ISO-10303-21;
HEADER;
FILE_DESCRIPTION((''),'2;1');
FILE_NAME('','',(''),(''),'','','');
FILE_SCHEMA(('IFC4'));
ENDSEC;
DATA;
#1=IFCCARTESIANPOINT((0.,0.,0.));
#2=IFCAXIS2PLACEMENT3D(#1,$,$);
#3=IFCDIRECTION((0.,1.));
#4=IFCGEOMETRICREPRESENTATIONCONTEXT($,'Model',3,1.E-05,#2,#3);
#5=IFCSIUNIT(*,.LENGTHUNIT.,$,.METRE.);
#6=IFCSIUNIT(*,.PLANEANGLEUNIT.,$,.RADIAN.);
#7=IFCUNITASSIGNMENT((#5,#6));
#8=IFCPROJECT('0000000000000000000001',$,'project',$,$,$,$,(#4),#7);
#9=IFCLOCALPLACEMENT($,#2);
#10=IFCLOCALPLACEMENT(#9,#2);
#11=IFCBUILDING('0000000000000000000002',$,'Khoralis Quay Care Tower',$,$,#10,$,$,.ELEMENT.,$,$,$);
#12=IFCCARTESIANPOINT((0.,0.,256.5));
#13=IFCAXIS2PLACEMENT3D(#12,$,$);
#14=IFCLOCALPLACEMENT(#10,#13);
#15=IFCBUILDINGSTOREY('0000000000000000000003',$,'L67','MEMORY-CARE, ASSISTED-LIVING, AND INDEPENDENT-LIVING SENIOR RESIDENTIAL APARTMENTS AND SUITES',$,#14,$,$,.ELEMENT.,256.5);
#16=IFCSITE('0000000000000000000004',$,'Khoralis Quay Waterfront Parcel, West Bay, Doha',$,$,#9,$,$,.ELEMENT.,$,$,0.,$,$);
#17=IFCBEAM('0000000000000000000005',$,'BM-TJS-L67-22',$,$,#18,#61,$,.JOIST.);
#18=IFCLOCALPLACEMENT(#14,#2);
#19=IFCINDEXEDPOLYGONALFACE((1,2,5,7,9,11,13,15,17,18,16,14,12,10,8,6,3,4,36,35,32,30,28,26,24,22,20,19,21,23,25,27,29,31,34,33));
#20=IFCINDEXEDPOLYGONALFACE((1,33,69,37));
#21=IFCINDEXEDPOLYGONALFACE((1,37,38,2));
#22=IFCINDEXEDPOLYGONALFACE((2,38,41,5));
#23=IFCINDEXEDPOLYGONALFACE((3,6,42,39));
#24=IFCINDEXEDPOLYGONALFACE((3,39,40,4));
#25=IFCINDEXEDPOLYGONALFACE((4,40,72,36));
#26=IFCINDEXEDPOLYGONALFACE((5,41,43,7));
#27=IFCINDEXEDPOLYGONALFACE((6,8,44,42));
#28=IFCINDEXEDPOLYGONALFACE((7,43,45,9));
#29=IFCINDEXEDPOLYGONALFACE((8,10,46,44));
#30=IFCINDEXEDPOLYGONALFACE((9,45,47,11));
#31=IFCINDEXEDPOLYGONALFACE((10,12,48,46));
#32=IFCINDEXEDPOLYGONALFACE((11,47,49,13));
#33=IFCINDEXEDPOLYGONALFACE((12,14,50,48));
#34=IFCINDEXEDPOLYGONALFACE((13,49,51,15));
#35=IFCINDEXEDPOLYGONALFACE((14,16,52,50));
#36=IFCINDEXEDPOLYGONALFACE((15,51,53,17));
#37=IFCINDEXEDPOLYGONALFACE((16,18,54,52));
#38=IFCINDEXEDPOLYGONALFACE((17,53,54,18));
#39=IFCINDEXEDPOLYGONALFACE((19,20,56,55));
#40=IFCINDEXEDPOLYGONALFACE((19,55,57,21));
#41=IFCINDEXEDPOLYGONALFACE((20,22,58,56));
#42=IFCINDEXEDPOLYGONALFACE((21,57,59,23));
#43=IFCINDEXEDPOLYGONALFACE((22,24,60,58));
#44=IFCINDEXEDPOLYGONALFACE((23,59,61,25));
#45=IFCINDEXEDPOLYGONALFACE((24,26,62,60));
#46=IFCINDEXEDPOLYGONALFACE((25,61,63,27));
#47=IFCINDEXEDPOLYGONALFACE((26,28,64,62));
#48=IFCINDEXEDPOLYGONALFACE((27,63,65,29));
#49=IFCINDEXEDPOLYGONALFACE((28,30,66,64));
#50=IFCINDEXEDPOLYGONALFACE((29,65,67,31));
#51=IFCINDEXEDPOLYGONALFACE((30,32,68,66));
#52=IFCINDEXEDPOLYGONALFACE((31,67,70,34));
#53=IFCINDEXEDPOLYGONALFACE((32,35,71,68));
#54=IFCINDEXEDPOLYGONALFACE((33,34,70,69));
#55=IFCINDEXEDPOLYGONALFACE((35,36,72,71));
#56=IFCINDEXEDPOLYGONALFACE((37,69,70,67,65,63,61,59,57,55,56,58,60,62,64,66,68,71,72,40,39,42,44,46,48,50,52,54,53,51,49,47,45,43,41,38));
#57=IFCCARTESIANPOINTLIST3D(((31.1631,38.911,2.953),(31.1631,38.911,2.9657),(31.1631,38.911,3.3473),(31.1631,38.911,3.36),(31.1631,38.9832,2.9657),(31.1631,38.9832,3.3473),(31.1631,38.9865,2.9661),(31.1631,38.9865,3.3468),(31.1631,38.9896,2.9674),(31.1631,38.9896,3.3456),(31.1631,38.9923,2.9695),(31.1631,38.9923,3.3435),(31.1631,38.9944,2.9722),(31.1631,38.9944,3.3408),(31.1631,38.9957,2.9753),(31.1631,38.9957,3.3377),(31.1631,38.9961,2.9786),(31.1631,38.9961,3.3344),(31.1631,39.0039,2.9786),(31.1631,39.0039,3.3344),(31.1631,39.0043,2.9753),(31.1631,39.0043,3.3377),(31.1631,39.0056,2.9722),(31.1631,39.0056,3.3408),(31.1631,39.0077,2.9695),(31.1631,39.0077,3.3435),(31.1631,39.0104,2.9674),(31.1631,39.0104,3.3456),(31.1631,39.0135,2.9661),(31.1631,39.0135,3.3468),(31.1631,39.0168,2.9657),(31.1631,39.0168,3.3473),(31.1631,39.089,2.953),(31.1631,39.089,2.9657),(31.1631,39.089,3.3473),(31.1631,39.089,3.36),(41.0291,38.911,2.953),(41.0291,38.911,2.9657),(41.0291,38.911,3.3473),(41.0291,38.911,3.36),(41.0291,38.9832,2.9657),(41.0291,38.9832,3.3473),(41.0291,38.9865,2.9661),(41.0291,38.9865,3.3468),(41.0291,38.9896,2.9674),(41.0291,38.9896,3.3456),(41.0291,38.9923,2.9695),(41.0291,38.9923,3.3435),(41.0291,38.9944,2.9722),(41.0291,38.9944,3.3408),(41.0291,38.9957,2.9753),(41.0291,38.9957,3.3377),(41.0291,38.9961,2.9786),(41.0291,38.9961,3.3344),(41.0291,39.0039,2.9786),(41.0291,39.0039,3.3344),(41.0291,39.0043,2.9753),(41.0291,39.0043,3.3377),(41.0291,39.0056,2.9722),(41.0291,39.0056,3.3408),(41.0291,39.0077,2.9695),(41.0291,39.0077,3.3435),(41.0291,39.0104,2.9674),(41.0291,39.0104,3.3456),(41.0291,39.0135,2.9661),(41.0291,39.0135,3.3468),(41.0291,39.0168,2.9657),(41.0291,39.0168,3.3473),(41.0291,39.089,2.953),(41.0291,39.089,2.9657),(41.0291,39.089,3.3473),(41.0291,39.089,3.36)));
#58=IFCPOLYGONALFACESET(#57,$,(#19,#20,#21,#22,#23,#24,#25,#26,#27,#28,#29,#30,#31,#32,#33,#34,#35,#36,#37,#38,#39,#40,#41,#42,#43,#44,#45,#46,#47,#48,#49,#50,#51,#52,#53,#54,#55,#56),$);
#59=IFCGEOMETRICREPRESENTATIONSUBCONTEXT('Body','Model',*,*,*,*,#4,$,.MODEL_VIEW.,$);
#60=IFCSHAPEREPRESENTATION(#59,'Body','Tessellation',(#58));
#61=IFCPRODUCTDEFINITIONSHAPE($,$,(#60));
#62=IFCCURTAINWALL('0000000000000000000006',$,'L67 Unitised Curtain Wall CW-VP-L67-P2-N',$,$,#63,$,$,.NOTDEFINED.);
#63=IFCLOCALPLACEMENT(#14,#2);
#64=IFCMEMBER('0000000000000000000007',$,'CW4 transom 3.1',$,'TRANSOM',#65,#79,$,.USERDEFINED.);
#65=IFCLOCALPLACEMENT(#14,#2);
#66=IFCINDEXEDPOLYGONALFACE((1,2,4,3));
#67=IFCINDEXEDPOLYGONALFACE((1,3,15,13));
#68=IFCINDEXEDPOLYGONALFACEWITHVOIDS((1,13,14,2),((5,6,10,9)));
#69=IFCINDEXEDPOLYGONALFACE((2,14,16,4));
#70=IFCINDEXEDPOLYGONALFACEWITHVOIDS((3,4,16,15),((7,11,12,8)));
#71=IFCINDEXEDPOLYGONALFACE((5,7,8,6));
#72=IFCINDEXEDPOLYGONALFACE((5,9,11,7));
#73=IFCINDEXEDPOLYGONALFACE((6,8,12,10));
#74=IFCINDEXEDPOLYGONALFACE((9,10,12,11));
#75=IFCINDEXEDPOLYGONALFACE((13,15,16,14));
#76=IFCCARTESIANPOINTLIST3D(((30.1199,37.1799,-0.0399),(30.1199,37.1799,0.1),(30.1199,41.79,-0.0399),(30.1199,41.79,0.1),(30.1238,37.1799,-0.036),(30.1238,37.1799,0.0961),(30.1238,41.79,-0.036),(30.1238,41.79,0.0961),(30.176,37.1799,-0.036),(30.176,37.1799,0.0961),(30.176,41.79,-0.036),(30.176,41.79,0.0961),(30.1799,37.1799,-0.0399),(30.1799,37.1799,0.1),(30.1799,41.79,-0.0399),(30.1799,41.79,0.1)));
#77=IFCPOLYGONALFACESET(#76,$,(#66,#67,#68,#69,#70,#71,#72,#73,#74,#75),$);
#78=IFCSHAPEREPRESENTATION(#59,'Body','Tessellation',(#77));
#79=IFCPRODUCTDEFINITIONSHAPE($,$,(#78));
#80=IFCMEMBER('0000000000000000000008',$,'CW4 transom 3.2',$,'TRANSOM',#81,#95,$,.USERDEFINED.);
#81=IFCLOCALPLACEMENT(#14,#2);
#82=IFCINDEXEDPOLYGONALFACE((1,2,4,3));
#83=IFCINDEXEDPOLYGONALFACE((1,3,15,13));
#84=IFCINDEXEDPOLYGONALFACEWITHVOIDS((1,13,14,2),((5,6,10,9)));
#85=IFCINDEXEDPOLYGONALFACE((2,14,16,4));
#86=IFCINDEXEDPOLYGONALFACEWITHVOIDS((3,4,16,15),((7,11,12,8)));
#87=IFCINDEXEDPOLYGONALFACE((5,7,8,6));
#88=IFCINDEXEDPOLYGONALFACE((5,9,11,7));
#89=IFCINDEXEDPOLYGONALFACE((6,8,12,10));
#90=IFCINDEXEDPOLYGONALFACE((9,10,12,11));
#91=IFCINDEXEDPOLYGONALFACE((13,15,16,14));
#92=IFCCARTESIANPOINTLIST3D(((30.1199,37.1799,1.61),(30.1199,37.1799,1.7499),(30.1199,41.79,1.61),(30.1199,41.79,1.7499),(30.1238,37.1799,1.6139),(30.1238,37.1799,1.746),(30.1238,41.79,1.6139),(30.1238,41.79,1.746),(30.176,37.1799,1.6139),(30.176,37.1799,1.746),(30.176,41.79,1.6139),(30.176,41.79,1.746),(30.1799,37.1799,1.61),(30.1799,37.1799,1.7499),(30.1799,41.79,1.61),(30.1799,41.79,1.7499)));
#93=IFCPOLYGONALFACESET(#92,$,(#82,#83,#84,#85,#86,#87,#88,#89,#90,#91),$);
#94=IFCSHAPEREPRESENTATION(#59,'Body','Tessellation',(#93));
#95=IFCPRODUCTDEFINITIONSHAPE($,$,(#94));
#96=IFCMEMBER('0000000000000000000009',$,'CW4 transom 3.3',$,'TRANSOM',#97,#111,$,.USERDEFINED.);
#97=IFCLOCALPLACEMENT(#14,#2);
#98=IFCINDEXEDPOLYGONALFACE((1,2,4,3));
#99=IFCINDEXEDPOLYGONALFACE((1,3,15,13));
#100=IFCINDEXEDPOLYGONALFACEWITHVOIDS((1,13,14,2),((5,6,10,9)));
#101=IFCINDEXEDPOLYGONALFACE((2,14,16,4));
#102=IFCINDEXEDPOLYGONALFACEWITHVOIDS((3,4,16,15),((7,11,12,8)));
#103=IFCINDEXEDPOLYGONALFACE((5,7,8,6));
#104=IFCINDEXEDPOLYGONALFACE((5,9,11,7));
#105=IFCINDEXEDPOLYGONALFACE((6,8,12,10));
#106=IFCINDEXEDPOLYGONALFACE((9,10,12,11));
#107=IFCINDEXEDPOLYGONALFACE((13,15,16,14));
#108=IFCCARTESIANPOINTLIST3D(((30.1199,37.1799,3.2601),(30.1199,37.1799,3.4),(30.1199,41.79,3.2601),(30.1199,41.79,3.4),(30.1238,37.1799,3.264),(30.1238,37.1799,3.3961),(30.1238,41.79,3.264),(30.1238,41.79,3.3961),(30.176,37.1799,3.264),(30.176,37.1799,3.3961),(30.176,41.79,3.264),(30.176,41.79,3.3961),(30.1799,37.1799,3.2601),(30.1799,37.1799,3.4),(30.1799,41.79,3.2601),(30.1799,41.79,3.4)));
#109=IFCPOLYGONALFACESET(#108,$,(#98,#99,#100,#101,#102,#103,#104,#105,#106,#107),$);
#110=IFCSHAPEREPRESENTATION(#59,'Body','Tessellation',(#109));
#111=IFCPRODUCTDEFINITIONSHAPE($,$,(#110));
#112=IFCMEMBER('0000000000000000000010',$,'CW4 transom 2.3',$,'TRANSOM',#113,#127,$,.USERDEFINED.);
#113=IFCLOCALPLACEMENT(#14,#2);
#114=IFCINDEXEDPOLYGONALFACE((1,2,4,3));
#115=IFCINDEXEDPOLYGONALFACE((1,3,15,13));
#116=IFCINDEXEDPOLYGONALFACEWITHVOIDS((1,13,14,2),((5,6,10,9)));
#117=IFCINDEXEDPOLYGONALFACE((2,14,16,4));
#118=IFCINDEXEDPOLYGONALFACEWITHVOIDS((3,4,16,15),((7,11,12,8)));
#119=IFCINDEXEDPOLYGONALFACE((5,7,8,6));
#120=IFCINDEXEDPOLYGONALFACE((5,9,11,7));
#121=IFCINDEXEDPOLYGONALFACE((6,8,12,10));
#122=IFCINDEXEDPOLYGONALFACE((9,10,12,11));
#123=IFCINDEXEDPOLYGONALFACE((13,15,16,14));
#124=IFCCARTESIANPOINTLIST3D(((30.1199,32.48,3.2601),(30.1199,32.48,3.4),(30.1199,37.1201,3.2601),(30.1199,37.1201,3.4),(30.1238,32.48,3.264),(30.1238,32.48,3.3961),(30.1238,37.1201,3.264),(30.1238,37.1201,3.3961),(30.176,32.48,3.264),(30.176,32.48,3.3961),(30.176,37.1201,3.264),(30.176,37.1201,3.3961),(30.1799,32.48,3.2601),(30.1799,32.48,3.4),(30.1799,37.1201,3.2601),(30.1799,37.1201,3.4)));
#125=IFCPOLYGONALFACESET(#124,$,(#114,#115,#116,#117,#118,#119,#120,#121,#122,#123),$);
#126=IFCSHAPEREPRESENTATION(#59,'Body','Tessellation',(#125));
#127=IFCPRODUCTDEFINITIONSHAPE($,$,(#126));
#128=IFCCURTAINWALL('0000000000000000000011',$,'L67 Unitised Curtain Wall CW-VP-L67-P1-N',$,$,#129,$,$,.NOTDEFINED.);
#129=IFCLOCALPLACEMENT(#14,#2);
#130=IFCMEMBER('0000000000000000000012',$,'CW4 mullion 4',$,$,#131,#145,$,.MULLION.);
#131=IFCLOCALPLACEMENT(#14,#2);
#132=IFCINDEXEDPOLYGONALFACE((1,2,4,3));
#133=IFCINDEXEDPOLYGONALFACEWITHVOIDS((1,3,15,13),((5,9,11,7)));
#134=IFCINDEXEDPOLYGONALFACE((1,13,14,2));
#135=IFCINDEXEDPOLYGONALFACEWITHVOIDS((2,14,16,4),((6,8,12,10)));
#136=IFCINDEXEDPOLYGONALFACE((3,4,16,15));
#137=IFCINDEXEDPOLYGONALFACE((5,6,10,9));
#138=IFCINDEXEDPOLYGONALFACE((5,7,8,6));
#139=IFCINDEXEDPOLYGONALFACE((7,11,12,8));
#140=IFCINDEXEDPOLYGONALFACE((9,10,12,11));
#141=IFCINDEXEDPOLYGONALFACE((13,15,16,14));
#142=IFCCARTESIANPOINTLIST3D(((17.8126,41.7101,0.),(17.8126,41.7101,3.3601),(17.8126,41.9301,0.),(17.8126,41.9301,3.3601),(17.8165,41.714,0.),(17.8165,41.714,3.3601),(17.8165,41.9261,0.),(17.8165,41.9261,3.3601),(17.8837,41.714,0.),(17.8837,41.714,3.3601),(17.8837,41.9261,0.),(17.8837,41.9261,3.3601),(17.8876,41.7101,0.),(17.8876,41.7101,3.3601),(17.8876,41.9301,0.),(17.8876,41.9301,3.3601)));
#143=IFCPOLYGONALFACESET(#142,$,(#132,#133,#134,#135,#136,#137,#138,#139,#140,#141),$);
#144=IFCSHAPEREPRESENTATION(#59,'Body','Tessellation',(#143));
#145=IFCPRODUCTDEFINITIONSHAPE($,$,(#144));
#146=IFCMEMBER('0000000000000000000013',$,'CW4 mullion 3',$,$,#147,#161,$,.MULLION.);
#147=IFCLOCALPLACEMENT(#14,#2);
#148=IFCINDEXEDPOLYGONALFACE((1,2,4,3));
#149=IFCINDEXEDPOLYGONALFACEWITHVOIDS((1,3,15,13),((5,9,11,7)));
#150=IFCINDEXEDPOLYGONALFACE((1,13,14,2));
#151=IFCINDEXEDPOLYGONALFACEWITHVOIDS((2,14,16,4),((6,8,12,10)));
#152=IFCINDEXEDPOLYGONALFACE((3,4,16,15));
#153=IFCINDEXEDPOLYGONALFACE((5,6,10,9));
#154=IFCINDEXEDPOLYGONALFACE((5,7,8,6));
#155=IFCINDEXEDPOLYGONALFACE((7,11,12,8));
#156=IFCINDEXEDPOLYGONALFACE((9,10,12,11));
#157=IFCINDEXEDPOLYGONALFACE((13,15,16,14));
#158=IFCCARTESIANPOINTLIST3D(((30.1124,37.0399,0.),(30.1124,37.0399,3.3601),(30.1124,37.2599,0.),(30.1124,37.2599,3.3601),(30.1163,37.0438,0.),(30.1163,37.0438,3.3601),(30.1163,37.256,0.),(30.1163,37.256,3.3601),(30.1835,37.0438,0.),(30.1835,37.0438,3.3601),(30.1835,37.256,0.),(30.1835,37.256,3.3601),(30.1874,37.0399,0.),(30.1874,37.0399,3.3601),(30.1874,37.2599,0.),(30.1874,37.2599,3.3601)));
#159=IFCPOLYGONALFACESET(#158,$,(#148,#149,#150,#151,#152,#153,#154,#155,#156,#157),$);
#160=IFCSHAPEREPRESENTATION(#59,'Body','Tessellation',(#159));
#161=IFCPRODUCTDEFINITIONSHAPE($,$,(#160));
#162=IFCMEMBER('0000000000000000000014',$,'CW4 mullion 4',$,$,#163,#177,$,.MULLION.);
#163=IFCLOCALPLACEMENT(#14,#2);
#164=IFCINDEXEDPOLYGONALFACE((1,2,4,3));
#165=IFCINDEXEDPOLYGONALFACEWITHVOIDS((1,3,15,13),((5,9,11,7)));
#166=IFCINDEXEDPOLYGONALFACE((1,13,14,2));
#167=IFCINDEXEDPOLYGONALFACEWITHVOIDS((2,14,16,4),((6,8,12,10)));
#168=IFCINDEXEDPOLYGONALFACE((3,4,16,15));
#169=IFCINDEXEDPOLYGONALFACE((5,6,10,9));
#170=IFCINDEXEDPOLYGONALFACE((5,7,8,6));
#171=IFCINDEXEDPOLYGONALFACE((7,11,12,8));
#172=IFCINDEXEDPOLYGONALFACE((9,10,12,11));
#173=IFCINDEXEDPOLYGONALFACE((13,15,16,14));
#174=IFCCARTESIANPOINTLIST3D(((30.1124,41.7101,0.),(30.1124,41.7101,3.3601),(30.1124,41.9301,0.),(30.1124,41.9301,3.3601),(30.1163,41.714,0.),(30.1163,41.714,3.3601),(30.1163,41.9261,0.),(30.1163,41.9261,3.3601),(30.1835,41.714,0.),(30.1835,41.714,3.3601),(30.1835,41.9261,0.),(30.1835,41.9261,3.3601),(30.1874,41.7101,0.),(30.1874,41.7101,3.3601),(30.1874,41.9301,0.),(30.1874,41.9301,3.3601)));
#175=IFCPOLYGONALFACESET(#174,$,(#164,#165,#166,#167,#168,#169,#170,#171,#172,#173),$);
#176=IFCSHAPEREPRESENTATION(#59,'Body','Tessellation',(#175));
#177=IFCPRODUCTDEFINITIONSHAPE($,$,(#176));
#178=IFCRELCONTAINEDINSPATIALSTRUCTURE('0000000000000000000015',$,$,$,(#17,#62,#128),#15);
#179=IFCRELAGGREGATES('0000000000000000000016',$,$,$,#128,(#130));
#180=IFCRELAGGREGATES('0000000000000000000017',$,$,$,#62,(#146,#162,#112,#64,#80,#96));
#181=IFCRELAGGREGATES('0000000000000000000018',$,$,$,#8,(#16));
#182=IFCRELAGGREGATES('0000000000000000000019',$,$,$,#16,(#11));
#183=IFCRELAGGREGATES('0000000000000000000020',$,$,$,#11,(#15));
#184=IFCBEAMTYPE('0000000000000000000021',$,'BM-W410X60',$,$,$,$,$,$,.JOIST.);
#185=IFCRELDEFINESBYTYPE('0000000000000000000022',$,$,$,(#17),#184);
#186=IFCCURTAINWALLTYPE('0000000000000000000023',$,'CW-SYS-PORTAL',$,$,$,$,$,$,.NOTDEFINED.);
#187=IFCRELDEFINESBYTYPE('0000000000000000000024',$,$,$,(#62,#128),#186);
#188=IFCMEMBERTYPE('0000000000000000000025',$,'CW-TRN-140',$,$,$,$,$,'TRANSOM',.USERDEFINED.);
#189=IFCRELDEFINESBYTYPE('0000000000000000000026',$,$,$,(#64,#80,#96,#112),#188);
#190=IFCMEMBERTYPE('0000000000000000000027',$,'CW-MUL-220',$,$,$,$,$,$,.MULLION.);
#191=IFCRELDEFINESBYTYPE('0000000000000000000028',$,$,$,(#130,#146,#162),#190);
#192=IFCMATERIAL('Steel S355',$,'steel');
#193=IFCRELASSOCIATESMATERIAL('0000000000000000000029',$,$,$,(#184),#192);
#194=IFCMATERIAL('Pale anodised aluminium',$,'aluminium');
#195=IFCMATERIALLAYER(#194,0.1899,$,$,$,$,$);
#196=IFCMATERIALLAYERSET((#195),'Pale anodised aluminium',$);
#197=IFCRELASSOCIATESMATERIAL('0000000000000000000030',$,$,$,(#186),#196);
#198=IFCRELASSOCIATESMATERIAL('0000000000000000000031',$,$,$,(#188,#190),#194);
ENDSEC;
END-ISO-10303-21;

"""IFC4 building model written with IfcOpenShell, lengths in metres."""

from ifc_helpers import new_model, si_unit, direction, frame, origin, origin_2d, place, context, subcontext, project, spatial, hollow_rectangle, i_section, extrude, source, transform, mapped, material, layer, layer_set, material_profile, profile_set, type_object, element, aggregate, save


model = new_model("IFC4")

# Units and contexts
model_context = context("Model", 3, precision=1e-05, world=origin(), true_north=direction((0.0, 1.0)))
body_context = subcontext(model_context, "Body", "Model", "MODEL_VIEW")
ifc_project = project(units=[si_unit("LENGTHUNIT", "METRE"), si_unit("PLANEANGLEUNIT", "RADIAN")], contexts=[model_context])

# Site, building, storey
site_placement = place(None, origin())
site = spatial("IfcSite", under=ifc_project, at=site_placement, Name="Khoralis Quay Waterfront Parcel, West Bay, Doha", CompositionType="ELEMENT", RefElevation=0.0)
building_placement = place(site_placement, origin())
building = spatial("IfcBuilding", under=site, at=building_placement, Name="Khoralis Quay Care Tower", CompositionType="ELEMENT")
storey_placement = place(building_placement, frame((0.0, 0.0, 256.5)))
storey = spatial("IfcBuildingStorey", under=building, at=storey_placement, Name="L67", Description="MEMORY-CARE, ASSISTED-LIVING, AND INDEPENDENT-LIVING SENIOR RESIDENTIAL APARTMENTS AND SUITES", CompositionType="ELEMENT", Elevation=256.5)

# Beam
ifc_material_1 = material(Name="Steel S355", Category="steel")
ifc_material_profile_1 = material_profile(ifc_material_1, i_section(OverallWidth=0.178, OverallDepth=0.407, WebThickness=0.0078, FlangeThickness=0.0127, FilletRadius=0.0129, at=origin_2d()), Name="Steel S355")
ifc_profile_set_1 = profile_set([ifc_material_profile_1], Name="Steel S355")
beam_type_1 = type_object("IfcBeamType", Name="BM-W410X60", PredefinedType="JOIST", material=ifc_profile_set_1)
shared_shape_1 = source(origin(), body_context, "Body", "SweptSolid", [
    extrude(i_section(OverallWidth=0.178, OverallDepth=0.407, WebThickness=0.0078, FlangeThickness=0.0127, FilletRadius=0.0129, at=origin_2d()), origin(), (0.0, 0.0, 1.0), 9.866),
])
for number, where, z_axis, x_axis, name in (
    (1, (31.1631, 39.0, 3.1565), (1.0, 0.0, 0.0), (0.0, 1.0, 0.0), "BM-TJS-L67-22"),
):
    element("IfcBeam", number, at=place(storey_placement, frame(where, z_axis=z_axis, x_axis=x_axis)), inside=storey, type_object=beam_type_1, Name=name, PredefinedType="JOIST", context=body_context, shape_type="MappedRepresentation", body=[
        mapped(shared_shape_1, transform((0.0, 0.0, 0.0), scale=1.0)),
    ])

# Curtain wall, members
ifc_material_2 = material(Name="Pale anodised aluminium", Category="aluminium")
ifc_layer_1 = layer(ifc_material_2, 0.1899)
ifc_layer_set_1 = layer_set([ifc_layer_1], Name="Pale anodised aluminium")
curtain_wall_type = type_object("IfcCurtainWallType", Name="CW-SYS-PORTAL", PredefinedType="NOTDEFINED", material=ifc_layer_set_1)
curtain_wall_1_placement = place(storey_placement, origin())
curtain_wall_1 = element("IfcCurtainWall", 2, at=curtain_wall_1_placement, inside=storey, type_object=curtain_wall_type, Name="L67 Unitised Curtain Wall CW-VP-L67-P2-N", PredefinedType="NOTDEFINED")
ifc_material_profile_2 = material_profile(ifc_material_2, hollow_rectangle(XDim=0.0601, YDim=0.1399, WallThickness=0.0039, at=origin_2d()), Name="Pale anodised aluminium")
ifc_profile_set_2 = profile_set([ifc_material_profile_2], Name="Pale anodised aluminium")
member_type_1 = type_object("IfcMemberType", Name="CW-TRN-140", ElementType="TRANSOM", PredefinedType="USERDEFINED", material=ifc_profile_set_2)
shared_shape_2 = source(origin(), body_context, "Body", "SweptSolid", [
    extrude(hollow_rectangle(XDim=0.0601, YDim=0.1399, WallThickness=0.0039, at=origin_2d()), origin(), (0.0, 0.0, 1.0), 4.6101),
])
member_1_placement = place(storey_placement, frame((30.1499, 37.1799, 0.03), z_axis=(0.0, 1.0, 0.0), x_axis=(-1.0, 0.0, 0.0)))
member_1 = element("IfcMember", 3, at=member_1_placement, type_object=member_type_1, Name="CW4 transom 3.1", ObjectType="TRANSOM", PredefinedType="USERDEFINED", context=body_context, shape_type="MappedRepresentation", body=[
    mapped(shared_shape_2, transform((0.0, 0.0, 0.0), scale=1.0)),
])
member_2_placement = place(storey_placement, frame((30.1499, 37.1799, 1.6799), z_axis=(0.0, 1.0, 0.0), x_axis=(-1.0, 0.0, 0.0)))
member_2 = element("IfcMember", 4, at=member_2_placement, type_object=member_type_1, Name="CW4 transom 3.2", ObjectType="TRANSOM", PredefinedType="USERDEFINED", context=body_context, shape_type="MappedRepresentation", body=[
    mapped(shared_shape_2, transform((0.0, 0.0, 0.0), scale=1.0)),
])
member_3_placement = place(storey_placement, frame((30.1499, 37.1799, 3.3301), z_axis=(0.0, 1.0, 0.0), x_axis=(-1.0, 0.0, 0.0)))
member_3 = element("IfcMember", 5, at=member_3_placement, type_object=member_type_1, Name="CW4 transom 3.3", ObjectType="TRANSOM", PredefinedType="USERDEFINED", context=body_context, shape_type="MappedRepresentation", body=[
    mapped(shared_shape_2, transform((0.0, 0.0, 0.0), scale=1.0)),
])
shared_shape_3 = source(origin(), body_context, "Body", "SweptSolid", [
    extrude(hollow_rectangle(XDim=0.0601, YDim=0.1399, WallThickness=0.0039, at=origin_2d()), origin(), (0.0, 0.0, 1.0), 4.6401),
])
member_4_placement = place(storey_placement, frame((30.1499, 32.48, 3.3301), z_axis=(0.0, 1.0, 0.0), x_axis=(-1.0, 0.0, 0.0)))
member_4 = element("IfcMember", 6, at=member_4_placement, type_object=member_type_1, Name="CW4 transom 2.3", ObjectType="TRANSOM", PredefinedType="USERDEFINED", context=body_context, shape_type="MappedRepresentation", body=[
    mapped(shared_shape_3, transform((0.0, 0.0, 0.0), scale=1.0)),
])

# Curtain wall, member
curtain_wall_2_placement = place(storey_placement, origin())
curtain_wall_2 = element("IfcCurtainWall", 7, at=curtain_wall_2_placement, inside=storey, type_object=curtain_wall_type, Name="L67 Unitised Curtain Wall CW-VP-L67-P1-N", PredefinedType="NOTDEFINED")
ifc_material_profile_3 = material_profile(ifc_material_2, hollow_rectangle(XDim=0.075, YDim=0.22, WallThickness=0.0039, at=origin_2d()), Name="Pale anodised aluminium")
ifc_profile_set_3 = profile_set([ifc_material_profile_3], Name="Pale anodised aluminium")
member_type_2 = type_object("IfcMemberType", Name="CW-MUL-220", PredefinedType="MULLION", material=ifc_profile_set_3)
shared_shape_4 = source(origin(), body_context, "Body", "SweptSolid", [
    extrude(hollow_rectangle(XDim=0.075, YDim=0.22, WallThickness=0.0039, at=origin_2d()), origin(), (0.0, 0.0, 1.0), 3.3601),
])
member_5_placement = place(storey_placement, frame((17.8501, 41.8201, 0.0), z_axis=(0.0, 0.0, 1.0), x_axis=(-1.0, 0.0, 0.0)))
member_5 = element("IfcMember", 8, at=member_5_placement, type_object=member_type_2, Name="CW4 mullion 4", PredefinedType="MULLION", context=body_context, shape_type="MappedRepresentation", body=[
    mapped(shared_shape_4, transform((0.0, 0.0, 0.0), scale=1.0)),
])

# Members
member_6_placement = place(storey_placement, frame((30.1499, 37.1499, 0.0), z_axis=(0.0, 0.0, 1.0), x_axis=(-1.0, 0.0, 0.0)))
member_6 = element("IfcMember", 9, at=member_6_placement, type_object=member_type_2, Name="CW4 mullion 3", PredefinedType="MULLION", context=body_context, shape_type="MappedRepresentation", body=[
    mapped(shared_shape_4, transform((0.0, 0.0, 0.0), scale=1.0)),
])
member_7_placement = place(storey_placement, frame((30.1499, 41.8201, 0.0), z_axis=(0.0, 0.0, 1.0), x_axis=(-1.0, 0.0, 0.0)))
member_7 = element("IfcMember", 10, at=member_7_placement, type_object=member_type_2, Name="CW4 mullion 4", PredefinedType="MULLION", context=body_context, shape_type="MappedRepresentation", body=[
    mapped(shared_shape_4, transform((0.0, 0.0, 0.0), scale=1.0)),
])

aggregate(curtain_wall_2, [member_5])
aggregate(curtain_wall_1, [member_6, member_7, member_4, member_1, member_2, member_3])

save(model, "model.ifc")
